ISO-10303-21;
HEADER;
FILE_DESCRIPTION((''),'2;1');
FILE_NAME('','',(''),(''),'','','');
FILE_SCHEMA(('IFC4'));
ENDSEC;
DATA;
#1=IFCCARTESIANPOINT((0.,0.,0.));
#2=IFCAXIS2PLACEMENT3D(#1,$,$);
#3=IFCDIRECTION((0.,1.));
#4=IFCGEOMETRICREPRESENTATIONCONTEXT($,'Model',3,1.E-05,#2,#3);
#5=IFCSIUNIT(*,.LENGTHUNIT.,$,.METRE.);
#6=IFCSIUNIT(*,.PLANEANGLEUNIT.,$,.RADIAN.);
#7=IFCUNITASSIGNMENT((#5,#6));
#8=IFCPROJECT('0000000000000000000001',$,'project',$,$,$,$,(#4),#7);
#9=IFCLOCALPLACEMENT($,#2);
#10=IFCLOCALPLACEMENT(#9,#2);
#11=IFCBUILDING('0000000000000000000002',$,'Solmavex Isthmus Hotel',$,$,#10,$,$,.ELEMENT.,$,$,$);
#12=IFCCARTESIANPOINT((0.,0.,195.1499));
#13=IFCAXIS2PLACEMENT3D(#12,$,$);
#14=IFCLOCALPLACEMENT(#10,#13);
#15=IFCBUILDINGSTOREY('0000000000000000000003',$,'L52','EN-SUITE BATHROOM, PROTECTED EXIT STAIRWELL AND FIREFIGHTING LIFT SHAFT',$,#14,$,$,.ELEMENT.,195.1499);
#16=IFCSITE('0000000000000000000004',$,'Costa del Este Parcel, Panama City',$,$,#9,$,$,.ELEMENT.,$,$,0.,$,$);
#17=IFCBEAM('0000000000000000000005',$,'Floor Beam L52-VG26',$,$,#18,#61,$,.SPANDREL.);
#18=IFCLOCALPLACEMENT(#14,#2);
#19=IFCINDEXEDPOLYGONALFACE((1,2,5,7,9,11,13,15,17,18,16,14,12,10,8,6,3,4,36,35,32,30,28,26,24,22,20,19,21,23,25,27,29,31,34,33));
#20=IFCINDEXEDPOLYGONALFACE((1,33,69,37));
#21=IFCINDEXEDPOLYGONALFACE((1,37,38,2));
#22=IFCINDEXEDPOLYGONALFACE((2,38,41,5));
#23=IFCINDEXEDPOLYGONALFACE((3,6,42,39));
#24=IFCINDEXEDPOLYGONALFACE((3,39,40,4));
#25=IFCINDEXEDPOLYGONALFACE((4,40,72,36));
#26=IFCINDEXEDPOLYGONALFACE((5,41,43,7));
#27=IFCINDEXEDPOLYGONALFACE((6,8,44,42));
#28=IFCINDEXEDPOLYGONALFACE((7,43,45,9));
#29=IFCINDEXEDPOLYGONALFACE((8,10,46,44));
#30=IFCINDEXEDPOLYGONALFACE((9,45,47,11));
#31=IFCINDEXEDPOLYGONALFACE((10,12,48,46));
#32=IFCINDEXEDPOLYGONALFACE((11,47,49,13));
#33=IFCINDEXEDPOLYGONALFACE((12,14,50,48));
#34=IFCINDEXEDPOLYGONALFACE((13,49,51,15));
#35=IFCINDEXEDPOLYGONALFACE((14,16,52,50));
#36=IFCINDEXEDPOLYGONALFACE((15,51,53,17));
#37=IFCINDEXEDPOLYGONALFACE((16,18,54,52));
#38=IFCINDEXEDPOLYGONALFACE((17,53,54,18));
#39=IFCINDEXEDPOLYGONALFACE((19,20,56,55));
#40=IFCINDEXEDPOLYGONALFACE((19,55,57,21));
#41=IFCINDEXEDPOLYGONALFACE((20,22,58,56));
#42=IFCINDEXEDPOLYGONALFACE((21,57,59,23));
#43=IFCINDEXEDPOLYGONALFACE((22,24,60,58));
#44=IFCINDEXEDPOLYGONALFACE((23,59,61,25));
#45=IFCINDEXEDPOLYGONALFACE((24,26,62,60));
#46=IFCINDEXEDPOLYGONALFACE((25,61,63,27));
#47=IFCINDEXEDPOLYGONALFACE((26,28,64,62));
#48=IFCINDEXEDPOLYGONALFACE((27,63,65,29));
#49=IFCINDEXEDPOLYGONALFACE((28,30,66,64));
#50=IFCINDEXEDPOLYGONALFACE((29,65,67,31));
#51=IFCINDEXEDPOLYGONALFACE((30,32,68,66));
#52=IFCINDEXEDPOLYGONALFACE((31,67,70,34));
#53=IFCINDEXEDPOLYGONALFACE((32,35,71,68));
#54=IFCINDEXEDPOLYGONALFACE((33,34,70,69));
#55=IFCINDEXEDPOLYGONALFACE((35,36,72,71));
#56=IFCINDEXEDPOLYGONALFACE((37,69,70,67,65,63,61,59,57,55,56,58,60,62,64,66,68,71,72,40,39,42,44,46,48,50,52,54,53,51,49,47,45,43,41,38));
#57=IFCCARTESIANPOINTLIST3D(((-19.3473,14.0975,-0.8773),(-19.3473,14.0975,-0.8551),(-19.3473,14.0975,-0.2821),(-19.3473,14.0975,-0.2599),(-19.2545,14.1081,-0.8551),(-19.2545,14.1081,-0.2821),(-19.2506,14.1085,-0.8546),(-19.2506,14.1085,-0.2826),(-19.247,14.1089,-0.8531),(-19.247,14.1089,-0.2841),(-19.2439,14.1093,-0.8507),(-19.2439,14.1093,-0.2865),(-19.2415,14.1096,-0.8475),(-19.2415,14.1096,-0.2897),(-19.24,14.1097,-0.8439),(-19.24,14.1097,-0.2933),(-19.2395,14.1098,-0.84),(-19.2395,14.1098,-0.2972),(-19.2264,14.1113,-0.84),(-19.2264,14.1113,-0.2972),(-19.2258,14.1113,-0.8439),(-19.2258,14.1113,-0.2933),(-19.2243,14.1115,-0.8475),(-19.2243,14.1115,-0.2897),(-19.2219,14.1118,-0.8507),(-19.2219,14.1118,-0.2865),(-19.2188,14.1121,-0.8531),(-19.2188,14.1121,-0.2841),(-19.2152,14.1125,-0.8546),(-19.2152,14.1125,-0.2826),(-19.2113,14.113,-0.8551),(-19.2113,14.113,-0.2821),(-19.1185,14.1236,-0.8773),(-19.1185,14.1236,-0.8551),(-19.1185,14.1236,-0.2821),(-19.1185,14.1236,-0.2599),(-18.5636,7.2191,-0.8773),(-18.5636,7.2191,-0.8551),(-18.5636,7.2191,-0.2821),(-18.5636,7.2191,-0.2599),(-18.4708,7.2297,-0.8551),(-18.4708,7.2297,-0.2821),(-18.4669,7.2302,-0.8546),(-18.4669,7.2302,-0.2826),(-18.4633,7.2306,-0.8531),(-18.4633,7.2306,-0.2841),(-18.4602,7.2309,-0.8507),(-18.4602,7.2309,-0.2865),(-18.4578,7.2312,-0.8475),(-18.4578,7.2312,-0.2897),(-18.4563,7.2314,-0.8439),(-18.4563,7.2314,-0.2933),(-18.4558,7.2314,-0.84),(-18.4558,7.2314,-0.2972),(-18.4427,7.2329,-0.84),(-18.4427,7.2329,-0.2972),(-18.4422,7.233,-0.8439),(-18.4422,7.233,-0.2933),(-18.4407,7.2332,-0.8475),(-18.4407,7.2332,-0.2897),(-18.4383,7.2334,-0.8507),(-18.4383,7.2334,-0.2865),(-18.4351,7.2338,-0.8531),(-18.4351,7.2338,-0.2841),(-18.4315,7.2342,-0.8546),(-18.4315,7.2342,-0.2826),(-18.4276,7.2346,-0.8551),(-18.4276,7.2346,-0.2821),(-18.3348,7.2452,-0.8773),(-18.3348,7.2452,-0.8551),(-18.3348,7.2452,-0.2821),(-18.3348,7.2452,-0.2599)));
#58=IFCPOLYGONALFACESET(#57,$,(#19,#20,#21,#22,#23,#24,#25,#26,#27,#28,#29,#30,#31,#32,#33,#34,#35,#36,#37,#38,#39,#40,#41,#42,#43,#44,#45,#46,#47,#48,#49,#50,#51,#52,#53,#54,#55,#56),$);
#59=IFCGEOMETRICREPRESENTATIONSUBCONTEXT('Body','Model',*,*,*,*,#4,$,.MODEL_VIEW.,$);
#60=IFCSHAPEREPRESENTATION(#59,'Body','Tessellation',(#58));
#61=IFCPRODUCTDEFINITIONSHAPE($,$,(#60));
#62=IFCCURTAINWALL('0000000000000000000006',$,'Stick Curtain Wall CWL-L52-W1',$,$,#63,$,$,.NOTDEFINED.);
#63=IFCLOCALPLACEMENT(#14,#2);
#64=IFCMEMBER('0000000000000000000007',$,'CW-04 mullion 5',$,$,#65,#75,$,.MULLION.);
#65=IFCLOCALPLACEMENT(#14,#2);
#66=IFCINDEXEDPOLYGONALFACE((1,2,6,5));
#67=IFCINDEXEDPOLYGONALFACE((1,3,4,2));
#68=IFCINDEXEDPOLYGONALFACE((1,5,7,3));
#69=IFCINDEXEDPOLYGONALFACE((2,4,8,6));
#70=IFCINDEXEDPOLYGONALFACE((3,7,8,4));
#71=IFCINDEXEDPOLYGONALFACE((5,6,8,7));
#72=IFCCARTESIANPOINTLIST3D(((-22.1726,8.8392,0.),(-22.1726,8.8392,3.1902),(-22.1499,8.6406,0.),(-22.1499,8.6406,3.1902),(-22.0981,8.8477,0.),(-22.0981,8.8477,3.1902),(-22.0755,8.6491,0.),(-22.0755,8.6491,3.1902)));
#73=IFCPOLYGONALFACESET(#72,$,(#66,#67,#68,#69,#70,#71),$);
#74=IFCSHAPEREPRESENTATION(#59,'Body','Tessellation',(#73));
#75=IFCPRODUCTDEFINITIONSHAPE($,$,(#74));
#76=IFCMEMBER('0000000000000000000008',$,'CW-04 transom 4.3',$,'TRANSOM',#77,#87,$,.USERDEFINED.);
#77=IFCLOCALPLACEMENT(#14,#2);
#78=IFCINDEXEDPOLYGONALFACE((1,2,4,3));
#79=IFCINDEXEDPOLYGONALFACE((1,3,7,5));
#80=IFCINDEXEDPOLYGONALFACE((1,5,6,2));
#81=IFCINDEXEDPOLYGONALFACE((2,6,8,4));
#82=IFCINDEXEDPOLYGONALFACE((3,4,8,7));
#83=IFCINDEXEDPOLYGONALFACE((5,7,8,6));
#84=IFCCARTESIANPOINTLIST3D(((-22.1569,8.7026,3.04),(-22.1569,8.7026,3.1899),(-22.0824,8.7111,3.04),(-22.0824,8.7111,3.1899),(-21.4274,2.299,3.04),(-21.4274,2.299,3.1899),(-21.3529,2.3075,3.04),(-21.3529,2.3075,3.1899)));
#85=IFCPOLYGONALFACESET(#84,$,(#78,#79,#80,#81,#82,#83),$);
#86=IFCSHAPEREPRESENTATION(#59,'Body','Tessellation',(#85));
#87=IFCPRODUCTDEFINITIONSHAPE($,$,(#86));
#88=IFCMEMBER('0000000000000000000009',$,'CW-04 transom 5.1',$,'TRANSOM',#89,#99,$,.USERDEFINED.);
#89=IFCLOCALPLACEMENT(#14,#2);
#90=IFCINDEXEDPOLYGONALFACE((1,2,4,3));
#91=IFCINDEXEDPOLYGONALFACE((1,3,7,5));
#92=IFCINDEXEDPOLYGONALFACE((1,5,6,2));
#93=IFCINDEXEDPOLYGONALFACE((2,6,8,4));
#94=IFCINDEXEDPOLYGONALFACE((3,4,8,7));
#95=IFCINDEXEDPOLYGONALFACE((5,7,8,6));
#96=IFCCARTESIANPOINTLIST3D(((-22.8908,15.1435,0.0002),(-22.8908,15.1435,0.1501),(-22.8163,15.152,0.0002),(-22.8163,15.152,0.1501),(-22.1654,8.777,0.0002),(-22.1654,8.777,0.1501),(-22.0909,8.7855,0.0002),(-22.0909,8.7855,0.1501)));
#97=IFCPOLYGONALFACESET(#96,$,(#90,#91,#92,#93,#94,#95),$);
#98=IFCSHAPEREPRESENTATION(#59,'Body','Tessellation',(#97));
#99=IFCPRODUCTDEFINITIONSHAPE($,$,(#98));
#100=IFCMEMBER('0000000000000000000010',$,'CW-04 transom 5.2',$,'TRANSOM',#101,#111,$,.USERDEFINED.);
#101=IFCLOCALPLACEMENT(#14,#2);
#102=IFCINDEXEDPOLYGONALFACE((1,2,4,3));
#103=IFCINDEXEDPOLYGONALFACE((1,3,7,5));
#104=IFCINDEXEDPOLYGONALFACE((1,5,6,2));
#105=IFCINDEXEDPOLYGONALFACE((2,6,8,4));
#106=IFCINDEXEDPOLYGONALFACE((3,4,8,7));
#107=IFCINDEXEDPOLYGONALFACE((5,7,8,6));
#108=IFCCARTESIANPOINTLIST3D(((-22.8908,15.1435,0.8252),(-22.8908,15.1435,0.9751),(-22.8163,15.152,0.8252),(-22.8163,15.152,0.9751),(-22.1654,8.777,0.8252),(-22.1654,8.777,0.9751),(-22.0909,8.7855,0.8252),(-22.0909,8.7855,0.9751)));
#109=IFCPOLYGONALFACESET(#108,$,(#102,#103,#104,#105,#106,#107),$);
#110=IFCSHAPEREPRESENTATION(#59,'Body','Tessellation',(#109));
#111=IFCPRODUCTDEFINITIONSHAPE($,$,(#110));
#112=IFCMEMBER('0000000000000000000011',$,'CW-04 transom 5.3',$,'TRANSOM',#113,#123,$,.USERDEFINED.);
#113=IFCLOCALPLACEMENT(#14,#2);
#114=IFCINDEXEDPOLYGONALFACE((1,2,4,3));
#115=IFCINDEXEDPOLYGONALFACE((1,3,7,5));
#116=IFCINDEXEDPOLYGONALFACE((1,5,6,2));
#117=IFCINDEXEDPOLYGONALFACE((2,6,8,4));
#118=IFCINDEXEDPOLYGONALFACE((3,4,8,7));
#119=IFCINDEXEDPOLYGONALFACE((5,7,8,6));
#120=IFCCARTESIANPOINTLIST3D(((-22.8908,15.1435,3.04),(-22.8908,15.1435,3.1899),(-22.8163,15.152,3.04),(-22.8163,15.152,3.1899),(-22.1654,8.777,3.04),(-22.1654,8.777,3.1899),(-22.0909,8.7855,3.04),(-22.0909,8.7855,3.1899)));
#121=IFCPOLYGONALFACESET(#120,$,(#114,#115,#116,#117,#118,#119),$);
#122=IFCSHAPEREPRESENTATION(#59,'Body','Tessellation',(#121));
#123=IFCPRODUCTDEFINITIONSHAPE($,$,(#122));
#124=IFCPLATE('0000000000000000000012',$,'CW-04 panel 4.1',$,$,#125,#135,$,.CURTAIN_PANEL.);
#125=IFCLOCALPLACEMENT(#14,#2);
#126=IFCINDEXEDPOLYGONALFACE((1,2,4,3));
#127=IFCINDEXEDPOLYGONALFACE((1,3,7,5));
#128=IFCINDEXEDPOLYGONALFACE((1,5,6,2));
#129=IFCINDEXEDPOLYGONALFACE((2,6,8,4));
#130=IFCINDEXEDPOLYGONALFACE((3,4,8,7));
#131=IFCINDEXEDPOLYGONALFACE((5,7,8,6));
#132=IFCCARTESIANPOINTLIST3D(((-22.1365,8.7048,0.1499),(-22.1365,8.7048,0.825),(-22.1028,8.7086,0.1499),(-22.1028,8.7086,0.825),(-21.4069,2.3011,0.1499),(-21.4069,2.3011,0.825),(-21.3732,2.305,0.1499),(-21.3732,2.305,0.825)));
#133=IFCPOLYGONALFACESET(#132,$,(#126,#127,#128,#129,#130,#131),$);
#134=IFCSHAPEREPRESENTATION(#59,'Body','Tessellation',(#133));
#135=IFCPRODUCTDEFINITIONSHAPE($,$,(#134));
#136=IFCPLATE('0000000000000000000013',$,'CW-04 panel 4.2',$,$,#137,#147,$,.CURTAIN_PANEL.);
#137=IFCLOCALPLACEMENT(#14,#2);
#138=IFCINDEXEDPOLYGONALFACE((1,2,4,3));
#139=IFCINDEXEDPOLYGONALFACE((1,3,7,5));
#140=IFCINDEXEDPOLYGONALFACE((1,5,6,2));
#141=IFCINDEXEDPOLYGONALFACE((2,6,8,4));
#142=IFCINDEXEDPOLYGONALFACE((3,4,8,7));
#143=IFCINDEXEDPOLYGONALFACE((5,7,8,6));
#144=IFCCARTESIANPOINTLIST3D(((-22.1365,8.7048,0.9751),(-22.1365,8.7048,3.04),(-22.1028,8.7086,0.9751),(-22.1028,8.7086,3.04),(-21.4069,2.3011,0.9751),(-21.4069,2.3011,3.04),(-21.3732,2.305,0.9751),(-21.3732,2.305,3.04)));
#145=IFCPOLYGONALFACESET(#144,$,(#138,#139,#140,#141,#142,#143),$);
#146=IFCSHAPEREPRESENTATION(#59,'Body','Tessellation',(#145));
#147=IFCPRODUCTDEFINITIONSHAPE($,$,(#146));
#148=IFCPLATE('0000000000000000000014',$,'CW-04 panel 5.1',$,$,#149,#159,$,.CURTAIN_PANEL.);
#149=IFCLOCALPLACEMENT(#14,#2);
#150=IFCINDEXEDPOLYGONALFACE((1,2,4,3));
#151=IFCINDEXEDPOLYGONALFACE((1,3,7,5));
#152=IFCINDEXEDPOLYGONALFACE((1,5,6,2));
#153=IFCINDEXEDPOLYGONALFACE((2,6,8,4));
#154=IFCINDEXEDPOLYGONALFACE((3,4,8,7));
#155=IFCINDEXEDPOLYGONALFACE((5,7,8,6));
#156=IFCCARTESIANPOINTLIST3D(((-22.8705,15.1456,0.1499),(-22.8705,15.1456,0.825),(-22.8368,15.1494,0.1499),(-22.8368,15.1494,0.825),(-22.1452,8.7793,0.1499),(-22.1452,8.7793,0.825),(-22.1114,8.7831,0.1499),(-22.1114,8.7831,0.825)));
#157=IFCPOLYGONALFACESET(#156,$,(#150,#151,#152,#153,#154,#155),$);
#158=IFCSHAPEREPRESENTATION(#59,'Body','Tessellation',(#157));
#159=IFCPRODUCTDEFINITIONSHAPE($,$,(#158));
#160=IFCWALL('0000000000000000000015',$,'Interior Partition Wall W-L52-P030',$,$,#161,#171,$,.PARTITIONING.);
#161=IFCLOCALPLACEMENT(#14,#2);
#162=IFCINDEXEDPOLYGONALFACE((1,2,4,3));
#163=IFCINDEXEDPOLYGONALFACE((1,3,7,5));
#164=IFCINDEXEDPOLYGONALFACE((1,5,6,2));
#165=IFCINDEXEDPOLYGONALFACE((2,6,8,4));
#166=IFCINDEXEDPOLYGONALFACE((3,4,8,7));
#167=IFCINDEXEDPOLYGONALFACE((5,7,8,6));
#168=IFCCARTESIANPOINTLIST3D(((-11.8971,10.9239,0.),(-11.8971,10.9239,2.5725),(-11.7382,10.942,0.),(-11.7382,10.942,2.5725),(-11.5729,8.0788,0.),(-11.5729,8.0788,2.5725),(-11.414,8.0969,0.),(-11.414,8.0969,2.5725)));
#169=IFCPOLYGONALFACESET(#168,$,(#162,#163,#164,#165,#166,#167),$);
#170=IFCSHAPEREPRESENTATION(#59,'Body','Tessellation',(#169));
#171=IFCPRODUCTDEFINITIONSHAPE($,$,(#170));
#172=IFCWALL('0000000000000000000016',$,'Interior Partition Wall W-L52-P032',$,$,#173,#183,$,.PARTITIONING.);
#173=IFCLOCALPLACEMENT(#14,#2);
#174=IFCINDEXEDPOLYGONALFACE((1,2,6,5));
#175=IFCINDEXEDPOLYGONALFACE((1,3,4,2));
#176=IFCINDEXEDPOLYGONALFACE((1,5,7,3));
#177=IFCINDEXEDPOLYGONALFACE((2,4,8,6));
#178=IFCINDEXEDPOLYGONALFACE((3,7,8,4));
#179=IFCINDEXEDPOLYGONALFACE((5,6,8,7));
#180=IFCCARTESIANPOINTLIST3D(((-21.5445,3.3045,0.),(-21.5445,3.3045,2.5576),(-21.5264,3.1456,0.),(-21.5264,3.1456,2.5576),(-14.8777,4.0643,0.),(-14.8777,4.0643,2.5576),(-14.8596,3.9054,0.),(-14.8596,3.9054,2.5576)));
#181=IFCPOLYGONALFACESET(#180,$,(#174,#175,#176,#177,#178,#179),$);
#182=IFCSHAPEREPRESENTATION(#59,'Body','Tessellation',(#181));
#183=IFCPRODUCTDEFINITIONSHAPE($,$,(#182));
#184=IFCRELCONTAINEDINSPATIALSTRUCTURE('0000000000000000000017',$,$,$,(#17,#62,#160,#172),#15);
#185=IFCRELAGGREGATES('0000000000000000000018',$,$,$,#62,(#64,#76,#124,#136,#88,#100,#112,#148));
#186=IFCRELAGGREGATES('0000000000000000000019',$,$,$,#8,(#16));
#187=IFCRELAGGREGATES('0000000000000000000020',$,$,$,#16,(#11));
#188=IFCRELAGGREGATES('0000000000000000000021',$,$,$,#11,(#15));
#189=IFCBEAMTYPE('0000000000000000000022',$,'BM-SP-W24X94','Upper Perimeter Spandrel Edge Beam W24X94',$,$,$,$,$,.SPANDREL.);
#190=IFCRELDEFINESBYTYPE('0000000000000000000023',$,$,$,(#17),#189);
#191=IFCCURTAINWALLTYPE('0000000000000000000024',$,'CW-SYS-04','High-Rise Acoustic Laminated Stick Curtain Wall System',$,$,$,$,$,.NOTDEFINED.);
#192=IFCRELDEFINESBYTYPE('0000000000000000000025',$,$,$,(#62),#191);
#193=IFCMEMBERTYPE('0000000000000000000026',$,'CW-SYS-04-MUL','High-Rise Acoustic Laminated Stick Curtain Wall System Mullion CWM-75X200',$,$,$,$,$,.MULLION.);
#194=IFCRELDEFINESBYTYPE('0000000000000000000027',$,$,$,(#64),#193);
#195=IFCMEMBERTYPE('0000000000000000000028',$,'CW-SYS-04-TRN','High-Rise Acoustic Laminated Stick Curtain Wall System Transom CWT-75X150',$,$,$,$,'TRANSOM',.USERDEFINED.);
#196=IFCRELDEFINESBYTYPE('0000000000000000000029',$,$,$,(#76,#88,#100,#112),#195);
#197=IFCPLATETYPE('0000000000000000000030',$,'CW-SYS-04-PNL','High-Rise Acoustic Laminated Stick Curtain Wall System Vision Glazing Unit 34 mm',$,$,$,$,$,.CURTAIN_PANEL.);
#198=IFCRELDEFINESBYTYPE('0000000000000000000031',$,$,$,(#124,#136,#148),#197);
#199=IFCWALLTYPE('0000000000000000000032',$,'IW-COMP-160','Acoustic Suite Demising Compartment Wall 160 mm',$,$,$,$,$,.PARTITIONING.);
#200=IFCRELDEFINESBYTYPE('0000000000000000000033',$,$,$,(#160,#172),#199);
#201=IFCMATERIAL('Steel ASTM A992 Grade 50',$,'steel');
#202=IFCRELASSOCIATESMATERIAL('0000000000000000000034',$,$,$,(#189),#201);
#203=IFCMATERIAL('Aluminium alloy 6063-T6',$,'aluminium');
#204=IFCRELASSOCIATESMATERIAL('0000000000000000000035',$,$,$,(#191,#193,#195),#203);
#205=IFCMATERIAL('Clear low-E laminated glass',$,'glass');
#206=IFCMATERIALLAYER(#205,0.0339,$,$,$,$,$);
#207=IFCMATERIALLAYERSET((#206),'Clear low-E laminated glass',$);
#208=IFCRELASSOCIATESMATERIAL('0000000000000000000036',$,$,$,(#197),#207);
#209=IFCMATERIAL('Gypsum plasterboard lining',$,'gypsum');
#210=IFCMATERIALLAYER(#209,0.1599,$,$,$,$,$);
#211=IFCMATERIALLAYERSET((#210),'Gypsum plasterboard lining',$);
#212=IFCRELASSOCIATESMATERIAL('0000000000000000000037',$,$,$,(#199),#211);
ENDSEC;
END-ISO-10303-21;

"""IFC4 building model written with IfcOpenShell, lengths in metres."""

from ifc_helpers import new_model, si_unit, direction, frame, frame_2d, origin, origin_2d, place, context, subcontext, project, spatial, rectangle, i_section, extrude, material, layer, layer_set, material_profile, profile_set, type_object, element, aggregate, save


model = new_model("IFC4")

# Units and contexts
model_context = context("Model", 3, precision=1e-05, world=origin(), true_north=direction((0.0, 1.0)))
body_context = subcontext(model_context, "Body", "Model", "MODEL_VIEW")
ifc_project = project(units=[si_unit("LENGTHUNIT", "METRE"), si_unit("PLANEANGLEUNIT", "RADIAN")], contexts=[model_context])

# Site, building, storey
site_placement = place(None, origin())
site = spatial("IfcSite", under=ifc_project, at=site_placement, Name="Costa del Este Parcel, Panama City", CompositionType="ELEMENT", RefElevation=0.0)
building_placement = place(site_placement, origin())
building = spatial("IfcBuilding", under=site, at=building_placement, Name="Solmavex Isthmus Hotel", CompositionType="ELEMENT")
storey_placement = place(building_placement, frame((0.0, 0.0, 195.1499)))
storey = spatial("IfcBuildingStorey", under=building, at=storey_placement, Name="L52", Description="EN-SUITE BATHROOM, PROTECTED EXIT STAIRWELL AND FIREFIGHTING LIFT SHAFT", CompositionType="ELEMENT", Elevation=195.1499)

# Beam
ifc_material_1 = material(Name="Steel ASTM A992 Grade 50", Category="steel")
ifc_material_profile_1 = material_profile(ifc_material_1, i_section(OverallWidth=0.2302, OverallDepth=0.6174, WebThickness=0.0132, FlangeThickness=0.0222, FilletRadius=0.0151, at=origin_2d()), Name="W24X94")
ifc_profile_set_1 = profile_set([ifc_material_profile_1], Name="Steel ASTM A992 Grade 50")
beam_type_1 = type_object("IfcBeamType", Name="BM-SP-W24X94", Description="Upper Perimeter Spandrel Edge Beam W24X94", PredefinedType="SPANDREL", material=ifc_profile_set_1)
beam_1_placement = place(storey_placement, frame((-18.4492, 7.2322, -0.5686), z_axis=(-0.113202, 0.993572, 0.0), x_axis=(-0.993572, -0.113202, 0.0)))
element("IfcBeam", 1, at=beam_1_placement, inside=storey, type_object=beam_type_1, Name="Floor Beam L52-VG26", PredefinedType="SPANDREL", context=body_context, shape_type="SweptSolid", body=[
    extrude(i_section(OverallWidth=0.2302, OverallDepth=0.6174, WebThickness=0.0132, FlangeThickness=0.0222, FilletRadius=0.0151, at=origin_2d()), origin(), (0.0, 0.0, 1.0), 6.9229),
])

# Curtain wall, members, plates
ifc_material_2 = material(Name="Aluminium alloy 6063-T6", Category="aluminium")
curtain_wall_type = type_object("IfcCurtainWallType", Name="CW-SYS-04", Description="High-Rise Acoustic Laminated Stick Curtain Wall System", PredefinedType="NOTDEFINED", material=ifc_material_2)
curtain_wall_placement = place(storey_placement, origin())
curtain_wall = element("IfcCurtainWall", 2, at=curtain_wall_placement, inside=storey, type_object=curtain_wall_type, Name="Stick Curtain Wall CWL-L52-W1", PredefinedType="NOTDEFINED")
ifc_material_profile_2 = material_profile(ifc_material_2, rectangle(XDim=0.075, YDim=0.2, at=origin_2d()), Name="CWM-75X200")
ifc_profile_set_2 = profile_set([ifc_material_profile_2], Name="Aluminium alloy 6063-T6")
member_type_1 = type_object("IfcMemberType", Name="CW-SYS-04-MUL", Description="High-Rise Acoustic Laminated Stick Curtain Wall System Mullion CWM-75X200", PredefinedType="MULLION", material=ifc_profile_set_2)
member_1_placement = place(storey_placement, frame((-22.124, 8.7441, 0.0), z_axis=(0.0, 0.0, 1.0), x_axis=(-0.993572, -0.113203, 0.0)))
member_1 = element("IfcMember", 3, at=member_1_placement, type_object=member_type_1, Name="CW-04 mullion 5", PredefinedType="MULLION", context=body_context, shape_type="SweptSolid", body=[
    extrude(rectangle(XDim=0.075, YDim=0.2, at=origin_2d()), origin(), (0.0, 0.0, 1.0), 3.1902),
])
ifc_material_profile_3 = material_profile(ifc_material_2, rectangle(XDim=0.075, YDim=0.1499, at=origin_2d()), Name="CWT-75X150")
ifc_profile_set_3 = profile_set([ifc_material_profile_3], Name="Aluminium alloy 6063-T6")
member_type_2 = type_object("IfcMemberType", Name="CW-SYS-04-TRN", Description="High-Rise Acoustic Laminated Stick Curtain Wall System Transom CWT-75X150", ElementType="TRANSOM", PredefinedType="USERDEFINED", material=ifc_profile_set_3)
member_2_placement = place(storey_placement, frame((-21.3901, 2.3032, 3.115), z_axis=(-0.113188, 0.993574, 0.0), x_axis=(-0.993574, -0.113188, 0.0)))
member_2 = element("IfcMember", 4, at=member_2_placement, type_object=member_type_2, Name="CW-04 transom 4.3", ObjectType="TRANSOM", PredefinedType="USERDEFINED", context=body_context, shape_type="SweptSolid", body=[
    extrude(rectangle(XDim=0.075, YDim=0.1499, at=origin_2d()), origin(), (0.0, 0.0, 1.0), 6.4451),
])
member_3_placement = place(storey_placement, frame((-22.1282, 8.7812, 0.0752), z_axis=(-0.113199, 0.993572, 0.0), x_axis=(-0.993572, -0.113199, 0.0)))
member_3 = element("IfcMember", 5, at=member_3_placement, type_object=member_type_2, Name="CW-04 transom 5.1", ObjectType="TRANSOM", PredefinedType="USERDEFINED", context=body_context, shape_type="SweptSolid", body=[
    extrude(rectangle(XDim=0.075, YDim=0.1499, at=origin_2d()), origin(), (0.0, 0.0, 1.0), 6.4077),
])
member_4_placement = place(storey_placement, frame((-22.1282, 8.7812, 0.9001), z_axis=(-0.113199, 0.993572, 0.0), x_axis=(-0.993572, -0.113199, 0.0)))
member_4 = element("IfcMember", 6, at=member_4_placement, type_object=member_type_2, Name="CW-04 transom 5.2", ObjectType="TRANSOM", PredefinedType="USERDEFINED", context=body_context, shape_type="SweptSolid", body=[
    extrude(rectangle(XDim=0.075, YDim=0.1499, at=origin_2d()), origin(), (0.0, 0.0, 1.0), 6.4077),
])
member_5_placement = place(storey_placement, frame((-22.1282, 8.7812, 3.115), z_axis=(-0.113199, 0.993572, 0.0), x_axis=(-0.993572, -0.113199, 0.0)))
member_5 = element("IfcMember", 7, at=member_5_placement, type_object=member_type_2, Name="CW-04 transom 5.3", ObjectType="TRANSOM", PredefinedType="USERDEFINED", context=body_context, shape_type="SweptSolid", body=[
    extrude(rectangle(XDim=0.075, YDim=0.1499, at=origin_2d()), origin(), (0.0, 0.0, 1.0), 6.4077),
])
ifc_material_3 = material(Name="Clear low-E laminated glass", Category="glass")
ifc_layer_1 = layer(ifc_material_3, 0.0339)
ifc_layer_set_1 = layer_set([ifc_layer_1], Name="Clear low-E laminated glass")
plate_type = type_object("IfcPlateType", Name="CW-SYS-04-PNL", Description="High-Rise Acoustic Laminated Stick Curtain Wall System Vision Glazing Unit 34 mm", PredefinedType="CURTAIN_PANEL", material=ifc_layer_set_1)
plate_1_placement = place(storey_placement, frame((-21.7549, 5.5049, 0.1499), z_axis=(0.0, 0.0, 1.0), x_axis=(-0.113203, 0.993572, 0.0)))
plate_1 = element("IfcPlate", 8, at=plate_1_placement, type_object=plate_type, Name="CW-04 panel 4.1", PredefinedType="CURTAIN_PANEL", context=body_context, shape_type="SweptSolid", body=[
    extrude(rectangle(XDim=6.4451, YDim=0.0339, at=origin_2d()), origin(), (0.0, 0.0, 1.0), 0.675),
])
plate_2_placement = place(storey_placement, frame((-21.7549, 5.5049, 0.9751), z_axis=(0.0, 0.0, 1.0), x_axis=(-0.113203, 0.993572, 0.0)))
plate_2 = element("IfcPlate", 9, at=plate_2_placement, type_object=plate_type, Name="CW-04 panel 4.2", PredefinedType="CURTAIN_PANEL", context=body_context, shape_type="SweptSolid", body=[
    extrude(rectangle(XDim=6.4451, YDim=0.0339, at=origin_2d()), origin(), (0.0, 0.0, 1.0), 2.0649),
])
plate_3_placement = place(storey_placement, frame((-22.491, 11.9644, 0.1499), z_axis=(0.0, 0.0, 1.0), x_axis=(-0.113203, 0.993572, 0.0)))
plate_3 = element("IfcPlate", 10, at=plate_3_placement, type_object=plate_type, Name="CW-04 panel 5.1", PredefinedType="CURTAIN_PANEL", context=body_context, shape_type="SweptSolid", body=[
    extrude(rectangle(XDim=6.4075, YDim=0.0339, at=origin_2d()), origin(), (0.0, 0.0, 1.0), 0.675),
])
aggregate(curtain_wall, [member_1, member_2, plate_1, plate_2, member_3, member_4, member_5, plate_3])

# Shared definitions
ifc_material_4 = material(Name="Gypsum plasterboard lining", Category="gypsum")
ifc_layer_2 = layer(ifc_material_4, 0.1599)
ifc_layer_set_2 = layer_set([ifc_layer_2], Name="Gypsum plasterboard lining")
wall_type_1 = type_object("IfcWallType", Name="IW-COMP-160", Description="Acoustic Suite Demising Compartment Wall 160 mm", PredefinedType="PARTITIONING", material=ifc_layer_set_2)

# Walls
wall_1_placement = place(storey_placement, frame((-11.8176, 10.9329, 0.0), z_axis=(0.0, 0.0, 1.0), x_axis=(0.11322, -0.99357, 0.0)))
element("IfcWall", 11, at=wall_1_placement, inside=storey, type_object=wall_type_1, Name="Interior Partition Wall W-L52-P030", PredefinedType="PARTITIONING", context=body_context, shape_type="SweptSolid", body=[
    extrude(rectangle(XDim=2.8635, YDim=0.1599, at=frame_2d((1.4316, 0.0))), origin(), (0.0, 0.0, 1.0), 2.5725),
])
wall_2_placement = place(storey_placement, frame((-14.8687, 3.9849, 0.0), z_axis=(0.0, 0.0, 1.0), x_axis=(-0.993569, -0.113231, 0.0)))
element("IfcWall", 12, at=wall_2_placement, inside=storey, type_object=wall_type_1, Name="Interior Partition Wall W-L52-P032", PredefinedType="PARTITIONING", context=body_context, shape_type="SweptSolid", body=[
    extrude(rectangle(XDim=6.71, YDim=0.1599, at=frame_2d((3.355, 0.0))), origin(), (0.0, 0.0, 1.0), 2.5576),
])

save(model, "model.ifc")
